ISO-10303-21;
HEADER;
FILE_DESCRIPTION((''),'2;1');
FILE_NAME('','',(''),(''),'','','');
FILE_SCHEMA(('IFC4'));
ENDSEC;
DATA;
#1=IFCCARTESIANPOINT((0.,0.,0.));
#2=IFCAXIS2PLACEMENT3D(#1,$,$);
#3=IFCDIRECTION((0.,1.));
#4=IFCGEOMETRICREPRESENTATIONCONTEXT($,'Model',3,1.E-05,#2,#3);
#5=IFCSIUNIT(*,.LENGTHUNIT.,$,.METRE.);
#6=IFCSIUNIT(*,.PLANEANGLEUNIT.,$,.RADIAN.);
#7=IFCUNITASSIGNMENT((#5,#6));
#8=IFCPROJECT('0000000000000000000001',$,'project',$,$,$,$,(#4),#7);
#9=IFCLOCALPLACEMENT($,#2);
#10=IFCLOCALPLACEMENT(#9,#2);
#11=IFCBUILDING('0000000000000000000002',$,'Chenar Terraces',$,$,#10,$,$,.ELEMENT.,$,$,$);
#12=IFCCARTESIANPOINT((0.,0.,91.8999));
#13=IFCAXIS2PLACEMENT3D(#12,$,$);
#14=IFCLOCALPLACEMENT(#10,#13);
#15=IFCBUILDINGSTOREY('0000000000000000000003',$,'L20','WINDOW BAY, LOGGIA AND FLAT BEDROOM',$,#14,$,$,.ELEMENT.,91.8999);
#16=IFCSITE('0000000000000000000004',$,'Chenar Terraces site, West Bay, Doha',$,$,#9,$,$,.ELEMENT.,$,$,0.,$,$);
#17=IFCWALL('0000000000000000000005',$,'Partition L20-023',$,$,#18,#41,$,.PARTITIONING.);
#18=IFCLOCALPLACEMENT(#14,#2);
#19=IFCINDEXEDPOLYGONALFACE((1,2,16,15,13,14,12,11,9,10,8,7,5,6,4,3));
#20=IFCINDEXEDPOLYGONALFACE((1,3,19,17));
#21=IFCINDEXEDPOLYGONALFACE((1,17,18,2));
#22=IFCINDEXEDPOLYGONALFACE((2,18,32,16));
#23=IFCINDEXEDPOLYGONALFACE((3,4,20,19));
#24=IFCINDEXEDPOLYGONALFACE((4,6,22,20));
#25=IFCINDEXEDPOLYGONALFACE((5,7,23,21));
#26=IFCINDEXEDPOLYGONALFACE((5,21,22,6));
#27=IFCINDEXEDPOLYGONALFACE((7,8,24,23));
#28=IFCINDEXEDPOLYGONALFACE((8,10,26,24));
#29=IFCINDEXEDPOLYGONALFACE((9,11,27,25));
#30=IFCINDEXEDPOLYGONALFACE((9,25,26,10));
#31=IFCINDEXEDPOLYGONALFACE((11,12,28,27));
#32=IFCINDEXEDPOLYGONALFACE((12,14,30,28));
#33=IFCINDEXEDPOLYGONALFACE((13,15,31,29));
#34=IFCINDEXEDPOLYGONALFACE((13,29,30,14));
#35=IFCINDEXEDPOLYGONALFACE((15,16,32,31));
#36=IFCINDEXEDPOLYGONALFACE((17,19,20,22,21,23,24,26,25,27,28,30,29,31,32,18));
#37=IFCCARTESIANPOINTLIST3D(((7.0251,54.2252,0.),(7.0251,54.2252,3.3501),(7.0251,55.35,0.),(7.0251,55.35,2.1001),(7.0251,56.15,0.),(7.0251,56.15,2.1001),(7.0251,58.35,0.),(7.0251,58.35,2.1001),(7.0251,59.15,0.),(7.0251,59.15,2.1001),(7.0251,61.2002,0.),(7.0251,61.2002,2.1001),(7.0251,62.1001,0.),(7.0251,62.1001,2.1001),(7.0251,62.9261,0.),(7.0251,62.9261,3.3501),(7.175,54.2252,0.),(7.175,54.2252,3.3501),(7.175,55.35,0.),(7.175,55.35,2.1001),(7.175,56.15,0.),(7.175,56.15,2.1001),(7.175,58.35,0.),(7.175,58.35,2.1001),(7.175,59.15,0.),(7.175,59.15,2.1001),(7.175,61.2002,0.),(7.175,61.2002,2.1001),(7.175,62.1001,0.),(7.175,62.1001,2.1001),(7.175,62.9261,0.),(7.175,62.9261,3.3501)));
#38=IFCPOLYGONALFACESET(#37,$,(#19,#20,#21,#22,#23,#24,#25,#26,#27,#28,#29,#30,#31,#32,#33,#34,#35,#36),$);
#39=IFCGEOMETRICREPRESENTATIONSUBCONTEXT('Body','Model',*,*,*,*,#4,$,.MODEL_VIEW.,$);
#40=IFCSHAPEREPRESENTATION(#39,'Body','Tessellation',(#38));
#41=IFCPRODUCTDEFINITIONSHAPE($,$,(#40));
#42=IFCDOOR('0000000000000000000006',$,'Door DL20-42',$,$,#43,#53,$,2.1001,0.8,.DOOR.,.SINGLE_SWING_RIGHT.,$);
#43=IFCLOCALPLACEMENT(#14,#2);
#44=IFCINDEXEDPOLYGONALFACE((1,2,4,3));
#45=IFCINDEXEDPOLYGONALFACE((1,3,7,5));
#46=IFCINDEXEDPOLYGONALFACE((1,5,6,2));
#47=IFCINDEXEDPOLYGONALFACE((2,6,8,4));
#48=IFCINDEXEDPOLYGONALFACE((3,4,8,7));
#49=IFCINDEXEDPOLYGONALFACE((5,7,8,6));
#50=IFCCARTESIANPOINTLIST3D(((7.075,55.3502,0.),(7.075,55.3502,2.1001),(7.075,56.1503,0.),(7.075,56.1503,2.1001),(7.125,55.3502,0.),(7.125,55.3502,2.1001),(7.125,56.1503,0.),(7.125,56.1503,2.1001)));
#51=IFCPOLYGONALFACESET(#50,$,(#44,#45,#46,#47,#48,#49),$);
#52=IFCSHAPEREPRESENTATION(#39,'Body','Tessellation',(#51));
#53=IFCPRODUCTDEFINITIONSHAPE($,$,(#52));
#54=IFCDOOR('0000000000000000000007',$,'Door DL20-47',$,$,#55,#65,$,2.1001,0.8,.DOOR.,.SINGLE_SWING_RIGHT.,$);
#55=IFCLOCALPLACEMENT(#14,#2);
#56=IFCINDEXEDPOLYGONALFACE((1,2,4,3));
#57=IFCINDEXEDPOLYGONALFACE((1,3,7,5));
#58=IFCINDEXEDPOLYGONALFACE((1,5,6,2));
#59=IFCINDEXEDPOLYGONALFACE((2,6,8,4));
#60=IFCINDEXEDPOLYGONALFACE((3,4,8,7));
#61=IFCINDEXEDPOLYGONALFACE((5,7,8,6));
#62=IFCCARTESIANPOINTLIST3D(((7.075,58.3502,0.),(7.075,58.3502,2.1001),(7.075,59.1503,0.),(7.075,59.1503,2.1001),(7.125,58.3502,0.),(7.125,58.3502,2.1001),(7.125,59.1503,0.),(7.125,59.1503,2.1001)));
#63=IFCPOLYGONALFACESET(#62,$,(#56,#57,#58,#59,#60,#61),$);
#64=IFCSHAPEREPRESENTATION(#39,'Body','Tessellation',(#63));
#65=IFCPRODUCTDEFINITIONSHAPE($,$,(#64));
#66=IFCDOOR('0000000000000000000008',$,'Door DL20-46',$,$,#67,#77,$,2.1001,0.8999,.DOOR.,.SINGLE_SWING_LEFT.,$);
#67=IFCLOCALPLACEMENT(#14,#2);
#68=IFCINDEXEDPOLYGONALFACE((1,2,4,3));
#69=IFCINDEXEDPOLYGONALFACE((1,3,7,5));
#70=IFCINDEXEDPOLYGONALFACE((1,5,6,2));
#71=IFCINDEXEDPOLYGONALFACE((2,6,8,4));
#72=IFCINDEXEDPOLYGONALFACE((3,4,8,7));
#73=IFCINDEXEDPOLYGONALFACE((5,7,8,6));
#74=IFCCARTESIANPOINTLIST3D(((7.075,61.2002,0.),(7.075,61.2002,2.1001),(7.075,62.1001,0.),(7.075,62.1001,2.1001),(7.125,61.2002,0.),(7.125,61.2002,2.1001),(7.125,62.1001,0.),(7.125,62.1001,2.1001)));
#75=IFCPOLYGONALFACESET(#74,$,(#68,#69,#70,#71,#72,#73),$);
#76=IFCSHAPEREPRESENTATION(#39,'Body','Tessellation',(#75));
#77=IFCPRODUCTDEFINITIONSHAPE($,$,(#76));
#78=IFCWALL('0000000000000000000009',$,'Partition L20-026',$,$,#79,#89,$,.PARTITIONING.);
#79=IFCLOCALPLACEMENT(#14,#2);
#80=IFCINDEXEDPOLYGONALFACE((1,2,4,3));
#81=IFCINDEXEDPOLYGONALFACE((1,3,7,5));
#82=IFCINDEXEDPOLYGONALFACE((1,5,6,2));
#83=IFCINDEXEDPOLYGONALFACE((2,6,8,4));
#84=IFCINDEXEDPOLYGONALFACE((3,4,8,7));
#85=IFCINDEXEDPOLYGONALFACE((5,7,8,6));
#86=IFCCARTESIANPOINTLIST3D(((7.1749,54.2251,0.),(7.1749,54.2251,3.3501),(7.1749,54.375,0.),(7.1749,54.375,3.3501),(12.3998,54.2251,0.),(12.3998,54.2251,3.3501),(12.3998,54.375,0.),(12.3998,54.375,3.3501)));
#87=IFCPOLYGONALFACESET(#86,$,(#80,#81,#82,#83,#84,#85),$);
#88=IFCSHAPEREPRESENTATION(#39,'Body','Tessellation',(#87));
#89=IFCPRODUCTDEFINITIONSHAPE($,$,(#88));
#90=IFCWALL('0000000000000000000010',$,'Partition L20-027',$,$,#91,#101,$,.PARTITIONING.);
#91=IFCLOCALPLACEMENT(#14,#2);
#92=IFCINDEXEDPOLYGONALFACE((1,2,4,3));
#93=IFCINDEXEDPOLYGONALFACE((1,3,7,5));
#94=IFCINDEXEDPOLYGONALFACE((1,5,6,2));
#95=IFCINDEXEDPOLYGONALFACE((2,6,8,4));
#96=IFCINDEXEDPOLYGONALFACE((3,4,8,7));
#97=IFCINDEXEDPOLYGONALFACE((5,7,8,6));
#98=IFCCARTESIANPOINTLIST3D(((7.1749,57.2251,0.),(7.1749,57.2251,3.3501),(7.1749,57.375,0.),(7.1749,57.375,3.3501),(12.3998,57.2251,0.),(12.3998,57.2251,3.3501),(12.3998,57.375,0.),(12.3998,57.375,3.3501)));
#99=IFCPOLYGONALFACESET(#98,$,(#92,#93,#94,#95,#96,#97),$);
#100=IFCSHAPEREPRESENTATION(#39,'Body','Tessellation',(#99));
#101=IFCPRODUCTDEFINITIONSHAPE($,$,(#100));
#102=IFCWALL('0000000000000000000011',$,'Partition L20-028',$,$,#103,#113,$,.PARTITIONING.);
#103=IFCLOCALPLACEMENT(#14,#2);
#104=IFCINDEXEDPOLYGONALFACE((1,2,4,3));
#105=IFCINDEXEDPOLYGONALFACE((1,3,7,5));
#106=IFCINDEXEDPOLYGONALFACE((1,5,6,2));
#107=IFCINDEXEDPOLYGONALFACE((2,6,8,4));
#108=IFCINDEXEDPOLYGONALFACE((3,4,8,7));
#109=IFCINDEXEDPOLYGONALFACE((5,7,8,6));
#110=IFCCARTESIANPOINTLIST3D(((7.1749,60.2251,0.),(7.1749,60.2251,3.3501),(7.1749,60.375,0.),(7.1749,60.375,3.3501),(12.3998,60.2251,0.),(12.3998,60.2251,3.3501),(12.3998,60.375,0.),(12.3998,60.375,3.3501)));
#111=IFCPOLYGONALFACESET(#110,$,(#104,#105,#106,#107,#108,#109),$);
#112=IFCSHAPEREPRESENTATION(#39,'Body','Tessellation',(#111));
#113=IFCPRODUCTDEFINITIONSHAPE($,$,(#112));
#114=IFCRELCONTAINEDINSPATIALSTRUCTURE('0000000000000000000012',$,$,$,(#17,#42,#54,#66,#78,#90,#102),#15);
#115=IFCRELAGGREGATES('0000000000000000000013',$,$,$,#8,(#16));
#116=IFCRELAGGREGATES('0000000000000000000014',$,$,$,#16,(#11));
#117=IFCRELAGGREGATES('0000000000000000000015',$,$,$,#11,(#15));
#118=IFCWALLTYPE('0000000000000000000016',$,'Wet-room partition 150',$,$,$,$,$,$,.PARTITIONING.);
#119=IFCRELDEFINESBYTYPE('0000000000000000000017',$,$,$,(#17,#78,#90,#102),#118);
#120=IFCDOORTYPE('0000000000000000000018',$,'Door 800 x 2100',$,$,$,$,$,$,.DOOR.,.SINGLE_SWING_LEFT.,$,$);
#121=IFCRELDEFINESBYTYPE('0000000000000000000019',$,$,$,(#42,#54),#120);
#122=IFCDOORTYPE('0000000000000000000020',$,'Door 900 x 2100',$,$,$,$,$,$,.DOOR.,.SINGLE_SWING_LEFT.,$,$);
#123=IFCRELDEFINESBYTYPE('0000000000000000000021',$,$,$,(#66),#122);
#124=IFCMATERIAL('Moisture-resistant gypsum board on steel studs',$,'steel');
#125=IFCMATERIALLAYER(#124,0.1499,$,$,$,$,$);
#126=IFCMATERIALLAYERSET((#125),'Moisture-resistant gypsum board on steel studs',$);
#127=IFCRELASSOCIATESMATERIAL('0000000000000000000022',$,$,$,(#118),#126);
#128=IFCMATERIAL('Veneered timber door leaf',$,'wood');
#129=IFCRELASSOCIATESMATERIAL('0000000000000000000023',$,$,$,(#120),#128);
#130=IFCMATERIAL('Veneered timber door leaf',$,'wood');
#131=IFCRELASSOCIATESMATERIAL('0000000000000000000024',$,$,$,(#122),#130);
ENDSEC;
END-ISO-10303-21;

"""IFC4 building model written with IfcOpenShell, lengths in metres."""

from ifc_helpers import new_model, si_unit, direction, frame, frame_2d, origin, place, context, subcontext, project, spatial, rectangle, extrude, material, layer, layer_set, type_object, element, fill, save


model = new_model("IFC4")

# Units and contexts
model_context = context("Model", 3, precision=1e-05, world=origin(), true_north=direction((0.0, 1.0)))
body_context = subcontext(model_context, "Body", "Model", "MODEL_VIEW")
ifc_project = project(units=[si_unit("LENGTHUNIT", "METRE"), si_unit("PLANEANGLEUNIT", "RADIAN")], contexts=[model_context])

# Site, building, storey
site_placement = place(None, origin())
site = spatial("IfcSite", under=ifc_project, at=site_placement, Name="Chenar Terraces site, West Bay, Doha", CompositionType="ELEMENT", RefElevation=0.0)
building_placement = place(site_placement, origin())
building = spatial("IfcBuilding", under=site, at=building_placement, Name="Chenar Terraces", CompositionType="ELEMENT")
storey_placement = place(building_placement, frame((0.0, 0.0, 91.8999)))
storey = spatial("IfcBuildingStorey", under=building, at=storey_placement, Name="L20", Description="WINDOW BAY, LOGGIA AND FLAT BEDROOM", CompositionType="ELEMENT", Elevation=91.8999)

# Shared definitions
ifc_material_1 = material(Name="Moisture-resistant gypsum board on steel studs", Category="steel")
ifc_layer_1 = layer(ifc_material_1, 0.1499)
ifc_layer_set_1 = layer_set([ifc_layer_1], Name="Moisture-resistant gypsum board on steel studs")
wall_type_1 = type_object("IfcWallType", Name="Wet-room partition 150", PredefinedType="PARTITIONING", material=ifc_layer_set_1)

# Shared definitions
ifc_material_2 = material(Name="Veneered timber door leaf", Category="wood")
door_type_1 = type_object("IfcDoorType", Name="Door 800 x 2100", OperationType="SINGLE_SWING_LEFT", PredefinedType="DOOR", material=ifc_material_2)

# Wall, openings, doors
ifc_material_3 = material(Name="Veneered timber door leaf", Category="wood")
door_type_2 = type_object("IfcDoorType", Name="Door 900 x 2100", OperationType="SINGLE_SWING_LEFT", PredefinedType="DOOR", material=ifc_material_3)
wall_1_placement = place(storey_placement, frame((7.1001, 54.2251, 0.0), z_axis=(0.0, 0.0, 1.0), x_axis=(0.0, 1.0, 0.0)))
wall_1 = element("IfcWall", 1, at=wall_1_placement, inside=storey, type_object=wall_type_1, Name="Partition L20-023", PredefinedType="PARTITIONING", context=body_context, shape_type="SweptSolid", body=[
    extrude(rectangle(XDim=8.7009, YDim=0.1499, at=frame_2d((4.3506, 0.0))), origin(), (0.0, 0.0, 1.0), 3.3501),
])
opening_1_placement = place(wall_1_placement, frame((1.125, 0.0, 0.0)))
opening_1 = element("IfcOpeningElement", 2, at=opening_1_placement, cuts=wall_1, PredefinedType="OPENING", context=body_context, shape_type="SweptSolid", body=[
    extrude(rectangle(XDim=0.8, YDim=2.1001, at=frame_2d((0.3999, 1.05))), frame((0.0, 0.085, 0.0), z_axis=(0.0, -1.0, 0.0), x_axis=(1.0, 0.0, 0.0)), (0.0, 0.0, 1.0), 0.1699),
])
opening_2_placement = place(wall_1_placement, frame((6.9751, 0.0, 0.0)))
opening_2 = element("IfcOpeningElement", 3, at=opening_2_placement, cuts=wall_1, PredefinedType="OPENING", context=body_context, shape_type="SweptSolid", body=[
    extrude(rectangle(XDim=0.8999, YDim=2.1001, at=frame_2d((0.45, 1.05))), frame((0.0, 0.085, 0.0), z_axis=(0.0, -1.0, 0.0), x_axis=(1.0, 0.0, 0.0)), (0.0, 0.0, 1.0), 0.1699),
])
opening_3_placement = place(wall_1_placement, frame((4.125, 0.0, 0.0)))
opening_3 = element("IfcOpeningElement", 4, at=opening_3_placement, cuts=wall_1, PredefinedType="OPENING", context=body_context, shape_type="SweptSolid", body=[
    extrude(rectangle(XDim=0.8, YDim=2.1001, at=frame_2d((0.3999, 1.05))), frame((0.0, 0.085, 0.0), z_axis=(0.0, -1.0, 0.0), x_axis=(1.0, 0.0, 0.0)), (0.0, 0.0, 1.0), 0.1699),
])
door_1_placement = place(opening_1_placement, frame((0.8, 0.0, 0.0), z_axis=(0.0, 0.0, 1.0), x_axis=(-1.0, 0.0, 0.0)))
door_1 = element("IfcDoor", 5, at=door_1_placement, inside=storey, type_object=door_type_1, Name="Door DL20-42", OperationType="SINGLE_SWING_RIGHT", OverallHeight=2.1001, OverallWidth=0.8, PredefinedType="DOOR", context=body_context, shape_type="SweptSolid", body=[
    extrude(rectangle(XDim=0.8, YDim=2.1001, at=frame_2d((0.3999, 1.05))), frame((0.0, 0.0249, 0.0), z_axis=(0.0, -1.0, 0.0), x_axis=(1.0, 0.0, 0.0)), (0.0, 0.0, 1.0), 0.05),
])
fill(opening_1, door_1)
door_2_placement = place(opening_3_placement, frame((0.8, 0.0, 0.0), z_axis=(0.0, 0.0, 1.0), x_axis=(-1.0, 0.0, 0.0)))
door_2 = element("IfcDoor", 6, at=door_2_placement, inside=storey, type_object=door_type_1, Name="Door DL20-47", OperationType="SINGLE_SWING_RIGHT", OverallHeight=2.1001, OverallWidth=0.8, PredefinedType="DOOR", context=body_context, shape_type="SweptSolid", body=[
    extrude(rectangle(XDim=0.8, YDim=2.1001, at=frame_2d((0.3999, 1.05))), frame((0.0, 0.0249, 0.0), z_axis=(0.0, -1.0, 0.0), x_axis=(1.0, 0.0, 0.0)), (0.0, 0.0, 1.0), 0.05),
])
fill(opening_3, door_2)
door_3_placement = place(opening_2_placement, frame((0.8999, 0.0, 0.0), z_axis=(0.0, 0.0, 1.0), x_axis=(-1.0, 0.0, 0.0)))
door_3 = element("IfcDoor", 7, at=door_3_placement, inside=storey, type_object=door_type_2, Name="Door DL20-46", OperationType="SINGLE_SWING_LEFT", OverallHeight=2.1001, OverallWidth=0.8999, PredefinedType="DOOR", context=body_context, shape_type="SweptSolid", body=[
    extrude(rectangle(XDim=0.8999, YDim=2.1001, at=frame_2d((0.45, 1.05))), frame((0.0, 0.0249, 0.0), z_axis=(0.0, -1.0, 0.0), x_axis=(1.0, 0.0, 0.0)), (0.0, 0.0, 1.0), 0.05),
])
fill(opening_2, door_3)

# Walls
for number, where, z_axis, x_axis, name in (
    (8, (7.175, 54.3, 0.0), (0.0, 0.0, 1.0), (1.0, 0.0, 0.0), "Partition L20-026"),
    (9, (7.175, 57.3, 0.0), (0.0, 0.0, 1.0), (1.0, 0.0, 0.0), "Partition L20-027"),
    (10, (7.175, 60.3, 0.0), (0.0, 0.0, 1.0), (1.0, 0.0, 0.0), "Partition L20-028"),
):
    element("IfcWall", number, at=place(storey_placement, frame(where, z_axis=z_axis, x_axis=x_axis)), inside=storey, type_object=wall_type_1, Name=name, PredefinedType="PARTITIONING", context=body_context, shape_type="SweptSolid", body=[
        extrude(rectangle(XDim=5.2249, YDim=0.1499, at=frame_2d((2.6123, 0.0))), origin(), (0.0, 0.0, 1.0), 3.3501),
    ])

save(model, "model.ifc")
